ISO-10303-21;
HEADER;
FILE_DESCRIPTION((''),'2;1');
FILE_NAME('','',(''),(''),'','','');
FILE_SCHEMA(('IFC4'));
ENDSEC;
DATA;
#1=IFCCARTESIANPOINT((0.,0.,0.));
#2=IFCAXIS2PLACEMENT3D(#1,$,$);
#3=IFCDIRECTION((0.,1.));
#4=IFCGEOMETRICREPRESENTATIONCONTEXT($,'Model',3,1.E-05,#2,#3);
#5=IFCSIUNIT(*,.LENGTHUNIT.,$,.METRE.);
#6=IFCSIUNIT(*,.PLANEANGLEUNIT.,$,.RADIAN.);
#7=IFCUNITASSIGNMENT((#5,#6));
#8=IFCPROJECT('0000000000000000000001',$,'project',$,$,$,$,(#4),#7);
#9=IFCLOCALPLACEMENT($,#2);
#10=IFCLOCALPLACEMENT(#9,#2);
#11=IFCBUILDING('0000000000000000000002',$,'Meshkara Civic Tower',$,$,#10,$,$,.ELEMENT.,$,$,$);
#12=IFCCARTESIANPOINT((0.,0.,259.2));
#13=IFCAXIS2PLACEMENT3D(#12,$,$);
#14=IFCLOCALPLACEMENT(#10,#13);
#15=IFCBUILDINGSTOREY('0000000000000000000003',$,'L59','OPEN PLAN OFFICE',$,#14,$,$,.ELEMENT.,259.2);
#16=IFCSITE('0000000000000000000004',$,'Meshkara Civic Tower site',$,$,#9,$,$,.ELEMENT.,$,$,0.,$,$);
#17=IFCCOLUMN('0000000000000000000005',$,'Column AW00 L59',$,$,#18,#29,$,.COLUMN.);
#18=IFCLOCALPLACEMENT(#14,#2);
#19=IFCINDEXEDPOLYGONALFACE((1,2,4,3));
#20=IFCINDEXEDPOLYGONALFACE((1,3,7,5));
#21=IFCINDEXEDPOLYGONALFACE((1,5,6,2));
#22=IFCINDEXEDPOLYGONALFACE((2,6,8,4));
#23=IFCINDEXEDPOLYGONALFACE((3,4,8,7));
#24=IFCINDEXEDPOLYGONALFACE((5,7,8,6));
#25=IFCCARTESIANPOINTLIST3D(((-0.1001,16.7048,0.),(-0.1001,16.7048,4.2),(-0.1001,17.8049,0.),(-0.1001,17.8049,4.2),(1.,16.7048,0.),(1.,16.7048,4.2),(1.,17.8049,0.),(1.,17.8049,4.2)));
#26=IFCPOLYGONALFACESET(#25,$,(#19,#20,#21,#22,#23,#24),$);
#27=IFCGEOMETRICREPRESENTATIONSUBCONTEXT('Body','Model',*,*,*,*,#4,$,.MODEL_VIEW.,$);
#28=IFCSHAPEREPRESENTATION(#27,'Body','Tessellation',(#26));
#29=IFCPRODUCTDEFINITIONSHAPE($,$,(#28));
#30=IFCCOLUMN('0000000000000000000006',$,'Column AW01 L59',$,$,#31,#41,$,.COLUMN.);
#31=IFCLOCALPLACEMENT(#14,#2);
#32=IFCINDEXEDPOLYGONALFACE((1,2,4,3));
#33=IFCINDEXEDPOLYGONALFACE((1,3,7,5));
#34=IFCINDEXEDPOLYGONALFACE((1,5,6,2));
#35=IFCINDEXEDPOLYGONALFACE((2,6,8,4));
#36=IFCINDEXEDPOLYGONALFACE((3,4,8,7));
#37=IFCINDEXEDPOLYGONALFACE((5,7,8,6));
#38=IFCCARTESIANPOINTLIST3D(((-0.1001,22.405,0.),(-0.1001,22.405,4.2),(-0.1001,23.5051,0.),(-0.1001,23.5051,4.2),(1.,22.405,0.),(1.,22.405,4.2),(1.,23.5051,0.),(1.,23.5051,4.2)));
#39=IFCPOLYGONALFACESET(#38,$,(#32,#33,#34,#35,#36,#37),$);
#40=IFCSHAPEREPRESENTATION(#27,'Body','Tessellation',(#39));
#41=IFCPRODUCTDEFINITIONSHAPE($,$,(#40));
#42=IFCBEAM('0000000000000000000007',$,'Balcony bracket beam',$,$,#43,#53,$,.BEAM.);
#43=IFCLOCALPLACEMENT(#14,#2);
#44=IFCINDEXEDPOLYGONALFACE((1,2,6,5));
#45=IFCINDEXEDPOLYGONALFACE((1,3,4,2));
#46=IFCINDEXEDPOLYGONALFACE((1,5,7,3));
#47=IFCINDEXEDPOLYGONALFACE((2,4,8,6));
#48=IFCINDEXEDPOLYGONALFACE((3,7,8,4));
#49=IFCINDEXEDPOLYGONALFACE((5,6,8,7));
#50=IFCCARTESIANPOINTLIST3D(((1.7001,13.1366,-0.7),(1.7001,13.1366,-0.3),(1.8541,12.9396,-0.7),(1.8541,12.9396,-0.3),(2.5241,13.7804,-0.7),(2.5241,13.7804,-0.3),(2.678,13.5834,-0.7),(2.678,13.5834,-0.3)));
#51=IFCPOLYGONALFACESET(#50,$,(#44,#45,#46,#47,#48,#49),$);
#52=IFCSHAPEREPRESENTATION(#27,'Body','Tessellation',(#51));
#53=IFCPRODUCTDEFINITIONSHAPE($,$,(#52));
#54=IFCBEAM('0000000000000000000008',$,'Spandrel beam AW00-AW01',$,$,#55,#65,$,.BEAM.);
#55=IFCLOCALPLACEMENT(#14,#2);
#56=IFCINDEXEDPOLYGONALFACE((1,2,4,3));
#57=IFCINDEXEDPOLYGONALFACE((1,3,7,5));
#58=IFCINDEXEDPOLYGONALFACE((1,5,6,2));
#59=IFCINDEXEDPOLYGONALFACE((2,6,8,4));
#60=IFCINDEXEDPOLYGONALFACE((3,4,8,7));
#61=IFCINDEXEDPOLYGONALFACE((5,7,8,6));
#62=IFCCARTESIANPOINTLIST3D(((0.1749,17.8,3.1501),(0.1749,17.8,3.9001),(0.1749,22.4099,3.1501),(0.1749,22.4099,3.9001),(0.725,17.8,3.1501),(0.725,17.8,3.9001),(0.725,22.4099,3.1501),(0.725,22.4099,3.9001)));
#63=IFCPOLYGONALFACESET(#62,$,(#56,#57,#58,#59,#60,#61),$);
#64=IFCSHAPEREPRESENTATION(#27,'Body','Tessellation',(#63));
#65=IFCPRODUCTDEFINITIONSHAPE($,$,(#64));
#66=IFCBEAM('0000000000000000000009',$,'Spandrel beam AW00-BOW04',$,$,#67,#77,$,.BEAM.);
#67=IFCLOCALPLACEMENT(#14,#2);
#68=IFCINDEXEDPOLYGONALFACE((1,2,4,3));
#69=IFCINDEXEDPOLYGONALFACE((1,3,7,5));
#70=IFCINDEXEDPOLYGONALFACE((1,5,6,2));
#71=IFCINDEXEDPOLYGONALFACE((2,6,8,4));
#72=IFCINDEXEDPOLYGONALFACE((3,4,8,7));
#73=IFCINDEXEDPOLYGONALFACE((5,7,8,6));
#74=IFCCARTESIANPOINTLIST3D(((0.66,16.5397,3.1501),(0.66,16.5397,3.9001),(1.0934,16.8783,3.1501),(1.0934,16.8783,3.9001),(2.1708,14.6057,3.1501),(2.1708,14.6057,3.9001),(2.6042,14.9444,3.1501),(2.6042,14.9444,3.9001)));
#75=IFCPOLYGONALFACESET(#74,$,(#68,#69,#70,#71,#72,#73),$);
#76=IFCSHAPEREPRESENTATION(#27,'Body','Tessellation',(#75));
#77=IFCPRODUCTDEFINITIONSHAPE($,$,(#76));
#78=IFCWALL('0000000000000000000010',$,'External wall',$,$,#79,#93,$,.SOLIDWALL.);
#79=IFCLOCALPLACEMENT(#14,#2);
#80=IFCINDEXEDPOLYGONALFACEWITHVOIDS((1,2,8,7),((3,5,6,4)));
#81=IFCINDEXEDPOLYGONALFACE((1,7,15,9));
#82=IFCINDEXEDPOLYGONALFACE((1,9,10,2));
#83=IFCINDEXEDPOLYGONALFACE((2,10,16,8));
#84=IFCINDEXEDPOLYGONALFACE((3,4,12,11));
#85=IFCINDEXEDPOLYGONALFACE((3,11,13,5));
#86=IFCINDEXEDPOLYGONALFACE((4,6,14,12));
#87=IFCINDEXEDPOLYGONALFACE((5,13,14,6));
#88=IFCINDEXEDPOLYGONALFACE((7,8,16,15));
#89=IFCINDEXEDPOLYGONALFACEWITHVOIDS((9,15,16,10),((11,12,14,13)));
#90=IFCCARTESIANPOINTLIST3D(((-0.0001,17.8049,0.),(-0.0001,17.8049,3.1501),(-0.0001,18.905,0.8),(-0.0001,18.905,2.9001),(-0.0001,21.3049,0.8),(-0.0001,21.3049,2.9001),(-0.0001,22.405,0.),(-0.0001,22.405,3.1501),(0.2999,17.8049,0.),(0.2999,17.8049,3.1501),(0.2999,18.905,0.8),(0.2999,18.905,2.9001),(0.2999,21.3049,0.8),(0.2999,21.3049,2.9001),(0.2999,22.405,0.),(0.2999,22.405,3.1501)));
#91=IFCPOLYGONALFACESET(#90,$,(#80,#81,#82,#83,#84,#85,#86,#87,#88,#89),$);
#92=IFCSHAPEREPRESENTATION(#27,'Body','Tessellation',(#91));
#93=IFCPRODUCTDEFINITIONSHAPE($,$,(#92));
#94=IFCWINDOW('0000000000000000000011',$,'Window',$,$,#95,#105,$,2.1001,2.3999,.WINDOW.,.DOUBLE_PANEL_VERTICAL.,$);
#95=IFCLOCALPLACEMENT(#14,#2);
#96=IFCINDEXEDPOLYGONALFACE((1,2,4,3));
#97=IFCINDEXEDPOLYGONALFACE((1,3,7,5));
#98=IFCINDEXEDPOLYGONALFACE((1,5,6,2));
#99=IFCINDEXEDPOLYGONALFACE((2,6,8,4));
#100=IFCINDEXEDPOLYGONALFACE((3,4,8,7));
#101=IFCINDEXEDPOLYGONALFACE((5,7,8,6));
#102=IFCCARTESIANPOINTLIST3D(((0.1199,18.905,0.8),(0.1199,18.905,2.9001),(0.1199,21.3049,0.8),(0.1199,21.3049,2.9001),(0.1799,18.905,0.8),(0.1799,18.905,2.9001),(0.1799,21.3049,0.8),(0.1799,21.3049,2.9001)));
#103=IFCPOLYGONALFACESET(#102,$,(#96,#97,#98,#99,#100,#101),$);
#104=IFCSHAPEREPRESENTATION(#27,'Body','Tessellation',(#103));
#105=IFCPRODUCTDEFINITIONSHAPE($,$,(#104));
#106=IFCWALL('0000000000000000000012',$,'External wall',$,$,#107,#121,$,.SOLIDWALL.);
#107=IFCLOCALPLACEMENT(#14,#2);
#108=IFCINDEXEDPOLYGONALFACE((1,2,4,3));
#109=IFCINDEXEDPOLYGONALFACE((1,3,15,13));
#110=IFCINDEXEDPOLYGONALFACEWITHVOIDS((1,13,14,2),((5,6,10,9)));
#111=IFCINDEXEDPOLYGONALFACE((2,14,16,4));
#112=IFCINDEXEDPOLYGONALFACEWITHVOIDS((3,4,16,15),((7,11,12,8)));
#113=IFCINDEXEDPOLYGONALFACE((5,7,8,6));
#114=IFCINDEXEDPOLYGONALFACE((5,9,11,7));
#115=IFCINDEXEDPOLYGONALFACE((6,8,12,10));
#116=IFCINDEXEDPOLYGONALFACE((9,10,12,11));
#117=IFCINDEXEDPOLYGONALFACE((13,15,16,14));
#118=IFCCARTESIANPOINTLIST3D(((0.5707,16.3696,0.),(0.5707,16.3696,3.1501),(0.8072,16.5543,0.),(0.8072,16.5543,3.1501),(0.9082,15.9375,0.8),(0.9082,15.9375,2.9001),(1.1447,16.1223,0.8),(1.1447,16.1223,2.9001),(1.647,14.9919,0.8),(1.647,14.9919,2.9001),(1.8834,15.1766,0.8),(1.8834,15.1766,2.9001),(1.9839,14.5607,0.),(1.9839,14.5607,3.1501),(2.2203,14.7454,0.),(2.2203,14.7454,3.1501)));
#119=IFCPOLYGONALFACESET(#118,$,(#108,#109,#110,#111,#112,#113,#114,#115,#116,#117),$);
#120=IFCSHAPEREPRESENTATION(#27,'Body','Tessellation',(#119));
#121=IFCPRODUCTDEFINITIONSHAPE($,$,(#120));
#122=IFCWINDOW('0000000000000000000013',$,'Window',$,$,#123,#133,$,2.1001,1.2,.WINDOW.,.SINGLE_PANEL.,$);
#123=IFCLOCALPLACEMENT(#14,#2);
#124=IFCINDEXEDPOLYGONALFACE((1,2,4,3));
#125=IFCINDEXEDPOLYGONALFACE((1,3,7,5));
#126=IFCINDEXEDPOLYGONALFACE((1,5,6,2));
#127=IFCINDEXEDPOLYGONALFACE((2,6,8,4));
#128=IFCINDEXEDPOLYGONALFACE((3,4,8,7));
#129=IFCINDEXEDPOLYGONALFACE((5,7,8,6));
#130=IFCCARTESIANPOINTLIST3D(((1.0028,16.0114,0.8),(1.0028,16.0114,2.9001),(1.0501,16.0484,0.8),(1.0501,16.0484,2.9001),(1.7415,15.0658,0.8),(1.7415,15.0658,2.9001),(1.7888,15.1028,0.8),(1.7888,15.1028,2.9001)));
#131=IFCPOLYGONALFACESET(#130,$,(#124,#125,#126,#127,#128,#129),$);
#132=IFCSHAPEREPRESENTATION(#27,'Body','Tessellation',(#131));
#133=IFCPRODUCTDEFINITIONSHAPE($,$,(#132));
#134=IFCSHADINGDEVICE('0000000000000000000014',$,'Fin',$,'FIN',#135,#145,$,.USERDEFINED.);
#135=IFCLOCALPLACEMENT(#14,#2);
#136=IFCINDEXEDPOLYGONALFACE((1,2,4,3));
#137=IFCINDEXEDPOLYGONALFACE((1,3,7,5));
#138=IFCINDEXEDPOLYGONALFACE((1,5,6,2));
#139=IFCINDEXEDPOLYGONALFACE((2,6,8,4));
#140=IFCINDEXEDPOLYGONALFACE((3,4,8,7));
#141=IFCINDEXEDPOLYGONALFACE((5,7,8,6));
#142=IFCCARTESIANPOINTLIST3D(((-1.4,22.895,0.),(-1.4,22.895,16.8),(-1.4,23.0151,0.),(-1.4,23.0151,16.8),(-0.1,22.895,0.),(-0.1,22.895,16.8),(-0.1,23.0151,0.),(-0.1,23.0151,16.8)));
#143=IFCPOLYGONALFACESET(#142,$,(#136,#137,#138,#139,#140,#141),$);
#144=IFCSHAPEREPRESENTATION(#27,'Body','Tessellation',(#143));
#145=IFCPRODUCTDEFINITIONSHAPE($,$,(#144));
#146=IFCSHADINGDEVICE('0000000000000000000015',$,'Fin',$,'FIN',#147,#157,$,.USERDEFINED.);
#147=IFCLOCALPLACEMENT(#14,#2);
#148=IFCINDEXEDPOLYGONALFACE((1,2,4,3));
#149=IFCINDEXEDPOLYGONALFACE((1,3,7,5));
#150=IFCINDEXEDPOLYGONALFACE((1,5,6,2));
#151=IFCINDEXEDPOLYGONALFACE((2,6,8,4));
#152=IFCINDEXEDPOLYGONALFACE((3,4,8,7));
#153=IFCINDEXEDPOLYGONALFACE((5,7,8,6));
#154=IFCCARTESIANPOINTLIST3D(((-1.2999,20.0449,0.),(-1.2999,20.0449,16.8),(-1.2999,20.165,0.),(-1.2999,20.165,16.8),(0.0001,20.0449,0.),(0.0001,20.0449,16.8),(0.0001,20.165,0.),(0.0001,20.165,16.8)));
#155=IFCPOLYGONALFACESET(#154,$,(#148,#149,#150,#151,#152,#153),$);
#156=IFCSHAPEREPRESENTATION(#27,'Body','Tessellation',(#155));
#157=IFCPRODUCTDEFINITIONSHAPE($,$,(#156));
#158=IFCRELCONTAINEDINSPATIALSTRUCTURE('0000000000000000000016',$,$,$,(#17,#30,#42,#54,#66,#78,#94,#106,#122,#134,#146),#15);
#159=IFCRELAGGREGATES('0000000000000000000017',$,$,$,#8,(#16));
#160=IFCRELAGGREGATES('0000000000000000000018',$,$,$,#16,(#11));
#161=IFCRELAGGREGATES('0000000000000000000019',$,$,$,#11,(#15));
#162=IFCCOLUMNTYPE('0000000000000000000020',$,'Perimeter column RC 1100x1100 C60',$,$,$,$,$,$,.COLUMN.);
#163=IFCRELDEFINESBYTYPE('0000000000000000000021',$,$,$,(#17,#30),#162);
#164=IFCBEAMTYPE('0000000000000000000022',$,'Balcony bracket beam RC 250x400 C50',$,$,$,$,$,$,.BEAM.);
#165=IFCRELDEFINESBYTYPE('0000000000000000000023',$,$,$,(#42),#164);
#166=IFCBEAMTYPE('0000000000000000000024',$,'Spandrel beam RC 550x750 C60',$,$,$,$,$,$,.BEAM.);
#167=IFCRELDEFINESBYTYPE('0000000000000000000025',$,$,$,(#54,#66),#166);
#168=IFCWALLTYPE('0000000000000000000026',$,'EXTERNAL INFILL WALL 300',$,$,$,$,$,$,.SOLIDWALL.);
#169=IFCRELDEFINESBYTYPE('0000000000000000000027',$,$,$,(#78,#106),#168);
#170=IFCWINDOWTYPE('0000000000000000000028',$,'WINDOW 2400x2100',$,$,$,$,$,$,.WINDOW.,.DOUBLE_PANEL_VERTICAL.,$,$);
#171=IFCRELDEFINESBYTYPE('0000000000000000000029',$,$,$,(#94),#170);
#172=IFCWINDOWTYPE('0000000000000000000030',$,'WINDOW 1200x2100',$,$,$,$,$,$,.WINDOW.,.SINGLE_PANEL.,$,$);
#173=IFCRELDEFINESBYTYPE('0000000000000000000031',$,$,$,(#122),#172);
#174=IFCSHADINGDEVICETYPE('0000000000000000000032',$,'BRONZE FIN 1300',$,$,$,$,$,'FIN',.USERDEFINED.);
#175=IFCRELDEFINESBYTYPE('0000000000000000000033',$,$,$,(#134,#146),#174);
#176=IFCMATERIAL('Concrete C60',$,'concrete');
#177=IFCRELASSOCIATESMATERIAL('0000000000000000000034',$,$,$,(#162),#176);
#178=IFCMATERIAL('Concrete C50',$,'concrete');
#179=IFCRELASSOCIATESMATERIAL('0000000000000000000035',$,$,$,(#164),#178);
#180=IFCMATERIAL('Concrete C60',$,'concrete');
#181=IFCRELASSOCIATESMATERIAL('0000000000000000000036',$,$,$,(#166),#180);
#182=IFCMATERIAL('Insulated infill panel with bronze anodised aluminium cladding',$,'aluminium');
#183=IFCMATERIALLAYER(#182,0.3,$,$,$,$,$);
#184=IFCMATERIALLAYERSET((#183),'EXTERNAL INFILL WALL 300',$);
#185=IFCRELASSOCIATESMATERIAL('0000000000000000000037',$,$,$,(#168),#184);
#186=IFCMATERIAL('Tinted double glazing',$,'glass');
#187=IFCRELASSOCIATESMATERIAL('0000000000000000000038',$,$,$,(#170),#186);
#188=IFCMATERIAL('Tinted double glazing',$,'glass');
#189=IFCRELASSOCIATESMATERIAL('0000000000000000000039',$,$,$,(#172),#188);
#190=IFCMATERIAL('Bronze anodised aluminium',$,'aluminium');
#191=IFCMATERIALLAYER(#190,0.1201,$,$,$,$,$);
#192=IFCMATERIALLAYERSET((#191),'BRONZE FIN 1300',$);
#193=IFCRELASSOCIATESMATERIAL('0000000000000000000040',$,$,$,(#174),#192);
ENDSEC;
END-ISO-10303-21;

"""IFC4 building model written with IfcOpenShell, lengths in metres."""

from ifc_helpers import new_model, si_unit, direction, frame, frame_2d, origin, origin_2d, place, context, subcontext, project, spatial, rectangle, extrude, material, layer, layer_set, material_profile, profile_set, type_object, element, fill, save


model = new_model("IFC4")

# Units and contexts
model_context = context("Model", 3, precision=1e-05, world=origin(), true_north=direction((0.0, 1.0)))
body_context = subcontext(model_context, "Body", "Model", "MODEL_VIEW")
ifc_project = project(units=[si_unit("LENGTHUNIT", "METRE"), si_unit("PLANEANGLEUNIT", "RADIAN")], contexts=[model_context])

# Site, building, storey
site_placement = place(None, origin())
site = spatial("IfcSite", under=ifc_project, at=site_placement, Name="Meshkara Civic Tower site", CompositionType="ELEMENT", RefElevation=0.0)
building_placement = place(site_placement, origin())
building = spatial("IfcBuilding", under=site, at=building_placement, Name="Meshkara Civic Tower", CompositionType="ELEMENT")
storey_placement = place(building_placement, frame((0.0, 0.0, 259.2)))
storey = spatial("IfcBuildingStorey", under=building, at=storey_placement, Name="L59", Description="OPEN PLAN OFFICE", CompositionType="ELEMENT", Elevation=259.2)

# Columns
ifc_material_1 = material(Name="Concrete C60", Category="concrete")
ifc_material_profile_1 = material_profile(ifc_material_1, rectangle(XDim=1.1001, YDim=1.1001, at=origin_2d()))
ifc_profile_set_1 = profile_set([ifc_material_profile_1], Name="Concrete C60")
column_type = type_object("IfcColumnType", Name="Perimeter column RC 1100x1100 C60", PredefinedType="COLUMN", material=ifc_profile_set_1)
for number, where, z_axis, x_axis, name in (
    (1, (0.45, 17.2549, 0.0), (0.0, 0.0, 1.0), (1.0, 0.0, 0.0), "Column AW00 L59"),
    (2, (0.45, 22.9551, 0.0), (0.0, 0.0, 1.0), (1.0, 0.0, 0.0), "Column AW01 L59"),
):
    element("IfcColumn", number, at=place(storey_placement, frame(where, z_axis=z_axis, x_axis=x_axis)), inside=storey, type_object=column_type, Name=name, PredefinedType="COLUMN", context=body_context, shape_type="SweptSolid", body=[
        extrude(rectangle(XDim=1.1001, YDim=1.1001, at=origin_2d()), origin(), (0.0, 0.0, 1.0), 4.2),
    ])

# Beams
ifc_material_2 = material(Name="Concrete C50", Category="concrete")
ifc_material_profile_2 = material_profile(ifc_material_2, rectangle(XDim=0.25, YDim=0.3999, at=origin_2d()))
ifc_profile_set_2 = profile_set([ifc_material_profile_2], Name="Concrete C50")
beam_type_1 = type_object("IfcBeamType", Name="Balcony bracket beam RC 250x400 C50", PredefinedType="BEAM", material=ifc_profile_set_2)
beam_1_placement = place(storey_placement, frame((2.6011, 13.6819, -0.5), z_axis=(-0.787993, -0.615685, 0.0), x_axis=(0.615685, -0.787993, 0.0)))
element("IfcBeam", 3, at=beam_1_placement, inside=storey, type_object=beam_type_1, Name="Balcony bracket beam", PredefinedType="BEAM", context=body_context, shape_type="SweptSolid", body=[
    extrude(rectangle(XDim=0.25, YDim=0.3999, at=origin_2d()), origin(), (0.0, 0.0, 1.0), 1.0457),
])
ifc_material_3 = material(Name="Concrete C60", Category="concrete")
ifc_material_profile_3 = material_profile(ifc_material_3, rectangle(XDim=0.55, YDim=0.75, at=origin_2d()))
ifc_profile_set_3 = profile_set([ifc_material_profile_3], Name="Concrete C60")
beam_type_2 = type_object("IfcBeamType", Name="Spandrel beam RC 550x750 C60", PredefinedType="BEAM", material=ifc_profile_set_3)
beam_2_placement = place(storey_placement, frame((0.45, 22.4099, 3.5251), z_axis=(0.0, -1.0, 0.0), x_axis=(1.0, 0.0, 0.0)))
element("IfcBeam", 4, at=beam_2_placement, inside=storey, type_object=beam_type_2, Name="Spandrel beam AW00-AW01", PredefinedType="BEAM", context=body_context, shape_type="SweptSolid", body=[
    extrude(rectangle(XDim=0.55, YDim=0.75, at=origin_2d()), origin(), (0.0, 0.0, 1.0), 4.6099),
])
beam_3_placement = place(storey_placement, frame((0.8767, 16.709, 3.5251), z_axis=(0.615627, -0.788038, 0.0), x_axis=(0.788038, 0.615627, 0.0)))
element("IfcBeam", 5, at=beam_3_placement, inside=storey, type_object=beam_type_2, Name="Spandrel beam AW00-BOW04", PredefinedType="BEAM", context=body_context, shape_type="SweptSolid", body=[
    extrude(rectangle(XDim=0.55, YDim=0.75, at=origin_2d()), origin(), (0.0, 0.0, 1.0), 2.4541),
])

# Walls, openings, windows
ifc_material_4 = material(Name="Insulated infill panel with bronze anodised aluminium cladding", Category="aluminium")
ifc_layer_1 = layer(ifc_material_4, 0.3)
ifc_layer_set_1 = layer_set([ifc_layer_1], Name="EXTERNAL INFILL WALL 300")
wall_type = type_object("IfcWallType", Name="EXTERNAL INFILL WALL 300", PredefinedType="SOLIDWALL", material=ifc_layer_set_1)
wall_1_placement = place(storey_placement, frame((0.1499, 22.405, 0.0), z_axis=(0.0, 0.0, 1.0), x_axis=(0.0, -1.0, 0.0)))
wall_1 = element("IfcWall", 6, at=wall_1_placement, inside=storey, type_object=wall_type, Name="External wall", PredefinedType="SOLIDWALL", context=body_context, shape_type="SweptSolid", body=[
    extrude(rectangle(XDim=4.6001, YDim=0.3, at=frame_2d((2.3, 0.0))), origin(), (0.0, 0.0, 1.0), 3.1501),
])
opening_1_placement = place(wall_1_placement, frame((1.1001, 0.0, 0.8)))
opening_1 = element("IfcOpeningElement", 7, at=opening_1_placement, cuts=wall_1, PredefinedType="OPENING", context=body_context, shape_type="SweptSolid", body=[
    extrude(rectangle(XDim=2.3999, YDim=2.1001, at=frame_2d((1.2, 1.05))), frame((0.0, 0.1599, 0.0), z_axis=(0.0, -1.0, 0.0), x_axis=(1.0, 0.0, 0.0)), (0.0, 0.0, 1.0), 0.3201),
])
ifc_material_5 = material(Name="Tinted double glazing", Category="glass")
window_type_1 = type_object("IfcWindowType", Name="WINDOW 2400x2100", PartitioningType="DOUBLE_PANEL_VERTICAL", PredefinedType="WINDOW", material=ifc_material_5)
window_1_placement = place(opening_1_placement, origin())
window_1 = element("IfcWindow", 8, at=window_1_placement, inside=storey, type_object=window_type_1, Name="Window", OverallHeight=2.1001, OverallWidth=2.3999, PartitioningType="DOUBLE_PANEL_VERTICAL", PredefinedType="WINDOW", context=body_context, shape_type="SweptSolid", body=[
    extrude(rectangle(XDim=2.3999, YDim=2.1001, at=frame_2d((1.2, 1.05))), frame((0.0, 0.03, 0.0), z_axis=(0.0, -1.0, 0.0), x_axis=(1.0, 0.0, 0.0)), (0.0, 0.0, 1.0), 0.0601),
])
fill(opening_1, window_1)
wall_2_placement = place(storey_placement, frame((0.689, 16.4619, 0.0), z_axis=(0.0, 0.0, 1.0), x_axis=(0.615625, -0.788039, 0.0)))
wall_2 = element("IfcWall", 9, at=wall_2_placement, inside=storey, type_object=wall_type, Name="External wall", PredefinedType="SOLIDWALL", context=body_context, shape_type="SweptSolid", body=[
    extrude(rectangle(XDim=2.2954, YDim=0.3, at=frame_2d((1.1477, 0.0))), origin(), (0.0, 0.0, 1.0), 3.1501),
])
opening_2_placement = place(wall_2_placement, frame((0.5481, 0.0, 0.8)))
opening_2 = element("IfcOpeningElement", 10, at=opening_2_placement, cuts=wall_2, PredefinedType="OPENING", context=body_context, shape_type="SweptSolid", body=[
    extrude(rectangle(XDim=1.2, YDim=2.1001, at=frame_2d((0.6001, 1.05))), frame((0.0, 0.1599, 0.0), z_axis=(0.0, -1.0, 0.0), x_axis=(1.0, 0.0, 0.0)), (0.0, 0.0, 1.0), 0.3201),
])
ifc_material_6 = material(Name="Tinted double glazing", Category="glass")
window_type_2 = type_object("IfcWindowType", Name="WINDOW 1200x2100", PartitioningType="SINGLE_PANEL", PredefinedType="WINDOW", material=ifc_material_6)
window_2_placement = place(opening_2_placement, origin())
window_2 = element("IfcWindow", 11, at=window_2_placement, inside=storey, type_object=window_type_2, Name="Window", OverallHeight=2.1001, OverallWidth=1.2, PartitioningType="SINGLE_PANEL", PredefinedType="WINDOW", context=body_context, shape_type="SweptSolid", body=[
    extrude(rectangle(XDim=1.2, YDim=2.1001, at=frame_2d((0.6001, 1.05))), frame((0.0, 0.03, 0.0), z_axis=(0.0, -1.0, 0.0), x_axis=(1.0, 0.0, 0.0)), (0.0, 0.0, 1.0), 0.0601),
])
fill(opening_2, window_2)

# Shading devices
ifc_material_7 = material(Name="Bronze anodised aluminium", Category="aluminium")
ifc_layer_2 = layer(ifc_material_7, 0.1201)
ifc_layer_set_2 = layer_set([ifc_layer_2], Name="BRONZE FIN 1300")
shading_device_type = type_object("IfcShadingDeviceType", Name="BRONZE FIN 1300", ElementType="FIN", PredefinedType="USERDEFINED", material=ifc_layer_set_2)
for number, where, z_axis, x_axis, name in (
    (12, (-0.75, 22.9551, 0.0), (0.0, 0.0, 1.0), (0.0, -1.0, 0.0), "Fin"),
    (13, (-0.6499, 20.105, 0.0), (0.0, 0.0, 1.0), (0.0, -1.0, 0.0), "Fin"),
):
    element("IfcShadingDevice", number, at=place(storey_placement, frame(where, z_axis=z_axis, x_axis=x_axis)), inside=storey, type_object=shading_device_type, Name=name, ObjectType="FIN", PredefinedType="USERDEFINED", context=body_context, shape_type="SweptSolid", body=[
        extrude(rectangle(XDim=0.1201, YDim=1.3, at=origin_2d()), origin(), (0.0, 0.0, 1.0), 16.8),
    ])

save(model, "model.ifc")
